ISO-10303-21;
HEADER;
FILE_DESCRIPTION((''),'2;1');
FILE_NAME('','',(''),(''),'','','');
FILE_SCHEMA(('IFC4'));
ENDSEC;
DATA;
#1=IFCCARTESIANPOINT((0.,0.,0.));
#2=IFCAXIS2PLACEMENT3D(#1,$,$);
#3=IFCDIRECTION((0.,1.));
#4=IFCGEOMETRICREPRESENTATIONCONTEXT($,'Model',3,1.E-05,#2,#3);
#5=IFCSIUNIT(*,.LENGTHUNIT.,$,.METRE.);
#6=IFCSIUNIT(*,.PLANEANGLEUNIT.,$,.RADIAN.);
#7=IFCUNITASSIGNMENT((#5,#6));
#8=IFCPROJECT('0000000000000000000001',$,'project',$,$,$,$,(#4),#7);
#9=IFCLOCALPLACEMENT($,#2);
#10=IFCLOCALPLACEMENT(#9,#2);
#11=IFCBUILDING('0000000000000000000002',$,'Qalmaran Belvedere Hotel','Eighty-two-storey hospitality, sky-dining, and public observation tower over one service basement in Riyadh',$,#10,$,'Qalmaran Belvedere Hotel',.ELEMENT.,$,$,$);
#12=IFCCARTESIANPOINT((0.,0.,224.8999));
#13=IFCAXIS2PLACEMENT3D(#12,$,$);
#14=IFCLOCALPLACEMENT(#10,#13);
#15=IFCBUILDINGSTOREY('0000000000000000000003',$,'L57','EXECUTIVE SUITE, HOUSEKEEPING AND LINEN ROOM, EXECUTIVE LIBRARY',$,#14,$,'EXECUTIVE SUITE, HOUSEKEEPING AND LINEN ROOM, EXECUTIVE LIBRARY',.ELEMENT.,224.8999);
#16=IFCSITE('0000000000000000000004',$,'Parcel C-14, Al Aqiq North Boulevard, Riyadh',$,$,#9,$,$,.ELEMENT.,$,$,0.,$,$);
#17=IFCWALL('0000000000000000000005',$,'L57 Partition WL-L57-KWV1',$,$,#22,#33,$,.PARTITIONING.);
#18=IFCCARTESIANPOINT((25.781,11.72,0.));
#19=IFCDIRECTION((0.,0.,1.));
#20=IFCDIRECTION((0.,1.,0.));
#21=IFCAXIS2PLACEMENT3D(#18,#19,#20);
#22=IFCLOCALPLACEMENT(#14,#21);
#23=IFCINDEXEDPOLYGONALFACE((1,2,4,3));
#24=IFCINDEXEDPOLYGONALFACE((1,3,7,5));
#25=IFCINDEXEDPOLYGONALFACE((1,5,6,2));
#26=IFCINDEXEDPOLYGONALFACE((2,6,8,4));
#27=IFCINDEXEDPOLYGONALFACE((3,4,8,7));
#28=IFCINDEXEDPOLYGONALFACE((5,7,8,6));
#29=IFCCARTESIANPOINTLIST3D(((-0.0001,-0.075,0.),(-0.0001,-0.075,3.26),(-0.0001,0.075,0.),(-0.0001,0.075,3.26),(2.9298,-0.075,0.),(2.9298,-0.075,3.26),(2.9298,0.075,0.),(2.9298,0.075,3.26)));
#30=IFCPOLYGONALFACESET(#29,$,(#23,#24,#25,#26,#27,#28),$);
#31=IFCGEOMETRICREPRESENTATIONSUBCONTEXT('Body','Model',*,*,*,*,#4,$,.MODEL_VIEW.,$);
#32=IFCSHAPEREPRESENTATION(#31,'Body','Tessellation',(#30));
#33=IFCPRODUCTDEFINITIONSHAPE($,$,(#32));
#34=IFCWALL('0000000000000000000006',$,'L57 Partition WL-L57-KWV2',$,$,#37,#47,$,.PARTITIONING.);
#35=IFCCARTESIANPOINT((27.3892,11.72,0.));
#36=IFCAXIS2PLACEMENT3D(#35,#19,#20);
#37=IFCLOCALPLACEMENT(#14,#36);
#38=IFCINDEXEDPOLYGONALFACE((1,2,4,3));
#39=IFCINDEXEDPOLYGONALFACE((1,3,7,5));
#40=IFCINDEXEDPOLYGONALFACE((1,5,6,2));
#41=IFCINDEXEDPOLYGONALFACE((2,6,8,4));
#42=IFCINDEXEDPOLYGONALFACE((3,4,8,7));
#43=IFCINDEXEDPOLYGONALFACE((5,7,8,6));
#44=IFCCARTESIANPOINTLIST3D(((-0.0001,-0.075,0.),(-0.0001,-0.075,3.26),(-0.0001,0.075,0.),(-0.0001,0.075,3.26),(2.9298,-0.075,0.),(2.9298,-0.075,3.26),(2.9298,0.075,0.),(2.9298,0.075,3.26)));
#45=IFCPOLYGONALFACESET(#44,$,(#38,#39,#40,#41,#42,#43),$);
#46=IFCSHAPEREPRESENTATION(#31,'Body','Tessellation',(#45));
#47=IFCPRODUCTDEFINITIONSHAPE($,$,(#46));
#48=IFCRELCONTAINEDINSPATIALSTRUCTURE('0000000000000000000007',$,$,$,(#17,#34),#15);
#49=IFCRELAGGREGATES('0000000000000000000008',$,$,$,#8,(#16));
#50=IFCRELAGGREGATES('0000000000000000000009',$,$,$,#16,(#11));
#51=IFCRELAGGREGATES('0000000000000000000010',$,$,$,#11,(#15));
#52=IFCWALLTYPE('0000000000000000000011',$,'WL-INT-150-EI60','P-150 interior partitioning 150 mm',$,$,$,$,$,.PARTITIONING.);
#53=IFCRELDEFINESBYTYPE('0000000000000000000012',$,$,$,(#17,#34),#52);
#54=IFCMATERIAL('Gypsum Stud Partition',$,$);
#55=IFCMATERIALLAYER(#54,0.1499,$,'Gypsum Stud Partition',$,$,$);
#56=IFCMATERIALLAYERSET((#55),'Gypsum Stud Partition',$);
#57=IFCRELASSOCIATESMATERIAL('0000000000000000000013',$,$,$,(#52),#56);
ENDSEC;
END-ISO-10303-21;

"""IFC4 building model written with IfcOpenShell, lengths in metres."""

from ifc_helpers import new_model, si_unit, direction, frame, frame_2d, origin, place, context, subcontext, project, spatial, rectangle, extrude, material, layer, layer_set, type_object, element, save


model = new_model("IFC4")

# Units and contexts
model_context = context("Model", 3, precision=1e-05, world=origin(), true_north=direction((0.0, 1.0)))
body_context = subcontext(model_context, "Body", "Model", "MODEL_VIEW")
ifc_project = project(units=[si_unit("LENGTHUNIT", "METRE"), si_unit("PLANEANGLEUNIT", "RADIAN")], contexts=[model_context])

# Site, building, storey
site_placement = place(None, origin())
site = spatial("IfcSite", under=ifc_project, at=site_placement, Name="Parcel C-14, Al Aqiq North Boulevard, Riyadh", CompositionType="ELEMENT", RefElevation=0.0)
building_placement = place(site_placement, origin())
building = spatial("IfcBuilding", under=site, at=building_placement, Name="Qalmaran Belvedere Hotel", Description="Eighty-two-storey hospitality, sky-dining, and public observation tower over one service basement in Riyadh", LongName="Qalmaran Belvedere Hotel", CompositionType="ELEMENT")
storey_placement = place(building_placement, frame((0.0, 0.0, 224.8999)))
storey = spatial("IfcBuildingStorey", under=building, at=storey_placement, Name="L57", Description="EXECUTIVE SUITE, HOUSEKEEPING AND LINEN ROOM, EXECUTIVE LIBRARY", LongName="EXECUTIVE SUITE, HOUSEKEEPING AND LINEN ROOM, EXECUTIVE LIBRARY", CompositionType="ELEMENT", Elevation=224.8999)

# Walls
ifc_material_1 = material(Name="Gypsum Stud Partition")
ifc_layer_1 = layer(ifc_material_1, 0.1499, Name="Gypsum Stud Partition")
ifc_layer_set_1 = layer_set([ifc_layer_1], Name="Gypsum Stud Partition")
wall_type_1 = type_object("IfcWallType", Name="WL-INT-150-EI60", Description="P-150 interior partitioning 150 mm", PredefinedType="PARTITIONING", material=ifc_layer_set_1)
for number, where, z_axis, x_axis, name in (
    (1, (25.781, 11.72, 0.0), (0.0, 0.0, 1.0), (0.0, 1.0, 0.0), "L57 Partition WL-L57-KWV1"),
    (2, (27.3892, 11.72, 0.0), (0.0, 0.0, 1.0), (0.0, 1.0, 0.0), "L57 Partition WL-L57-KWV2"),
):
    element("IfcWall", number, at=place(storey_placement, frame(where, z_axis=z_axis, x_axis=x_axis)), inside=storey, type_object=wall_type_1, Name=name, PredefinedType="PARTITIONING", context=body_context, shape_type="SweptSolid", body=[
        extrude(rectangle(XDim=2.9299, YDim=0.1499, at=frame_2d((1.4648, 0.0))), origin(), (0.0, 0.0, 1.0), 3.26),
    ])

save(model, "model.ifc")
